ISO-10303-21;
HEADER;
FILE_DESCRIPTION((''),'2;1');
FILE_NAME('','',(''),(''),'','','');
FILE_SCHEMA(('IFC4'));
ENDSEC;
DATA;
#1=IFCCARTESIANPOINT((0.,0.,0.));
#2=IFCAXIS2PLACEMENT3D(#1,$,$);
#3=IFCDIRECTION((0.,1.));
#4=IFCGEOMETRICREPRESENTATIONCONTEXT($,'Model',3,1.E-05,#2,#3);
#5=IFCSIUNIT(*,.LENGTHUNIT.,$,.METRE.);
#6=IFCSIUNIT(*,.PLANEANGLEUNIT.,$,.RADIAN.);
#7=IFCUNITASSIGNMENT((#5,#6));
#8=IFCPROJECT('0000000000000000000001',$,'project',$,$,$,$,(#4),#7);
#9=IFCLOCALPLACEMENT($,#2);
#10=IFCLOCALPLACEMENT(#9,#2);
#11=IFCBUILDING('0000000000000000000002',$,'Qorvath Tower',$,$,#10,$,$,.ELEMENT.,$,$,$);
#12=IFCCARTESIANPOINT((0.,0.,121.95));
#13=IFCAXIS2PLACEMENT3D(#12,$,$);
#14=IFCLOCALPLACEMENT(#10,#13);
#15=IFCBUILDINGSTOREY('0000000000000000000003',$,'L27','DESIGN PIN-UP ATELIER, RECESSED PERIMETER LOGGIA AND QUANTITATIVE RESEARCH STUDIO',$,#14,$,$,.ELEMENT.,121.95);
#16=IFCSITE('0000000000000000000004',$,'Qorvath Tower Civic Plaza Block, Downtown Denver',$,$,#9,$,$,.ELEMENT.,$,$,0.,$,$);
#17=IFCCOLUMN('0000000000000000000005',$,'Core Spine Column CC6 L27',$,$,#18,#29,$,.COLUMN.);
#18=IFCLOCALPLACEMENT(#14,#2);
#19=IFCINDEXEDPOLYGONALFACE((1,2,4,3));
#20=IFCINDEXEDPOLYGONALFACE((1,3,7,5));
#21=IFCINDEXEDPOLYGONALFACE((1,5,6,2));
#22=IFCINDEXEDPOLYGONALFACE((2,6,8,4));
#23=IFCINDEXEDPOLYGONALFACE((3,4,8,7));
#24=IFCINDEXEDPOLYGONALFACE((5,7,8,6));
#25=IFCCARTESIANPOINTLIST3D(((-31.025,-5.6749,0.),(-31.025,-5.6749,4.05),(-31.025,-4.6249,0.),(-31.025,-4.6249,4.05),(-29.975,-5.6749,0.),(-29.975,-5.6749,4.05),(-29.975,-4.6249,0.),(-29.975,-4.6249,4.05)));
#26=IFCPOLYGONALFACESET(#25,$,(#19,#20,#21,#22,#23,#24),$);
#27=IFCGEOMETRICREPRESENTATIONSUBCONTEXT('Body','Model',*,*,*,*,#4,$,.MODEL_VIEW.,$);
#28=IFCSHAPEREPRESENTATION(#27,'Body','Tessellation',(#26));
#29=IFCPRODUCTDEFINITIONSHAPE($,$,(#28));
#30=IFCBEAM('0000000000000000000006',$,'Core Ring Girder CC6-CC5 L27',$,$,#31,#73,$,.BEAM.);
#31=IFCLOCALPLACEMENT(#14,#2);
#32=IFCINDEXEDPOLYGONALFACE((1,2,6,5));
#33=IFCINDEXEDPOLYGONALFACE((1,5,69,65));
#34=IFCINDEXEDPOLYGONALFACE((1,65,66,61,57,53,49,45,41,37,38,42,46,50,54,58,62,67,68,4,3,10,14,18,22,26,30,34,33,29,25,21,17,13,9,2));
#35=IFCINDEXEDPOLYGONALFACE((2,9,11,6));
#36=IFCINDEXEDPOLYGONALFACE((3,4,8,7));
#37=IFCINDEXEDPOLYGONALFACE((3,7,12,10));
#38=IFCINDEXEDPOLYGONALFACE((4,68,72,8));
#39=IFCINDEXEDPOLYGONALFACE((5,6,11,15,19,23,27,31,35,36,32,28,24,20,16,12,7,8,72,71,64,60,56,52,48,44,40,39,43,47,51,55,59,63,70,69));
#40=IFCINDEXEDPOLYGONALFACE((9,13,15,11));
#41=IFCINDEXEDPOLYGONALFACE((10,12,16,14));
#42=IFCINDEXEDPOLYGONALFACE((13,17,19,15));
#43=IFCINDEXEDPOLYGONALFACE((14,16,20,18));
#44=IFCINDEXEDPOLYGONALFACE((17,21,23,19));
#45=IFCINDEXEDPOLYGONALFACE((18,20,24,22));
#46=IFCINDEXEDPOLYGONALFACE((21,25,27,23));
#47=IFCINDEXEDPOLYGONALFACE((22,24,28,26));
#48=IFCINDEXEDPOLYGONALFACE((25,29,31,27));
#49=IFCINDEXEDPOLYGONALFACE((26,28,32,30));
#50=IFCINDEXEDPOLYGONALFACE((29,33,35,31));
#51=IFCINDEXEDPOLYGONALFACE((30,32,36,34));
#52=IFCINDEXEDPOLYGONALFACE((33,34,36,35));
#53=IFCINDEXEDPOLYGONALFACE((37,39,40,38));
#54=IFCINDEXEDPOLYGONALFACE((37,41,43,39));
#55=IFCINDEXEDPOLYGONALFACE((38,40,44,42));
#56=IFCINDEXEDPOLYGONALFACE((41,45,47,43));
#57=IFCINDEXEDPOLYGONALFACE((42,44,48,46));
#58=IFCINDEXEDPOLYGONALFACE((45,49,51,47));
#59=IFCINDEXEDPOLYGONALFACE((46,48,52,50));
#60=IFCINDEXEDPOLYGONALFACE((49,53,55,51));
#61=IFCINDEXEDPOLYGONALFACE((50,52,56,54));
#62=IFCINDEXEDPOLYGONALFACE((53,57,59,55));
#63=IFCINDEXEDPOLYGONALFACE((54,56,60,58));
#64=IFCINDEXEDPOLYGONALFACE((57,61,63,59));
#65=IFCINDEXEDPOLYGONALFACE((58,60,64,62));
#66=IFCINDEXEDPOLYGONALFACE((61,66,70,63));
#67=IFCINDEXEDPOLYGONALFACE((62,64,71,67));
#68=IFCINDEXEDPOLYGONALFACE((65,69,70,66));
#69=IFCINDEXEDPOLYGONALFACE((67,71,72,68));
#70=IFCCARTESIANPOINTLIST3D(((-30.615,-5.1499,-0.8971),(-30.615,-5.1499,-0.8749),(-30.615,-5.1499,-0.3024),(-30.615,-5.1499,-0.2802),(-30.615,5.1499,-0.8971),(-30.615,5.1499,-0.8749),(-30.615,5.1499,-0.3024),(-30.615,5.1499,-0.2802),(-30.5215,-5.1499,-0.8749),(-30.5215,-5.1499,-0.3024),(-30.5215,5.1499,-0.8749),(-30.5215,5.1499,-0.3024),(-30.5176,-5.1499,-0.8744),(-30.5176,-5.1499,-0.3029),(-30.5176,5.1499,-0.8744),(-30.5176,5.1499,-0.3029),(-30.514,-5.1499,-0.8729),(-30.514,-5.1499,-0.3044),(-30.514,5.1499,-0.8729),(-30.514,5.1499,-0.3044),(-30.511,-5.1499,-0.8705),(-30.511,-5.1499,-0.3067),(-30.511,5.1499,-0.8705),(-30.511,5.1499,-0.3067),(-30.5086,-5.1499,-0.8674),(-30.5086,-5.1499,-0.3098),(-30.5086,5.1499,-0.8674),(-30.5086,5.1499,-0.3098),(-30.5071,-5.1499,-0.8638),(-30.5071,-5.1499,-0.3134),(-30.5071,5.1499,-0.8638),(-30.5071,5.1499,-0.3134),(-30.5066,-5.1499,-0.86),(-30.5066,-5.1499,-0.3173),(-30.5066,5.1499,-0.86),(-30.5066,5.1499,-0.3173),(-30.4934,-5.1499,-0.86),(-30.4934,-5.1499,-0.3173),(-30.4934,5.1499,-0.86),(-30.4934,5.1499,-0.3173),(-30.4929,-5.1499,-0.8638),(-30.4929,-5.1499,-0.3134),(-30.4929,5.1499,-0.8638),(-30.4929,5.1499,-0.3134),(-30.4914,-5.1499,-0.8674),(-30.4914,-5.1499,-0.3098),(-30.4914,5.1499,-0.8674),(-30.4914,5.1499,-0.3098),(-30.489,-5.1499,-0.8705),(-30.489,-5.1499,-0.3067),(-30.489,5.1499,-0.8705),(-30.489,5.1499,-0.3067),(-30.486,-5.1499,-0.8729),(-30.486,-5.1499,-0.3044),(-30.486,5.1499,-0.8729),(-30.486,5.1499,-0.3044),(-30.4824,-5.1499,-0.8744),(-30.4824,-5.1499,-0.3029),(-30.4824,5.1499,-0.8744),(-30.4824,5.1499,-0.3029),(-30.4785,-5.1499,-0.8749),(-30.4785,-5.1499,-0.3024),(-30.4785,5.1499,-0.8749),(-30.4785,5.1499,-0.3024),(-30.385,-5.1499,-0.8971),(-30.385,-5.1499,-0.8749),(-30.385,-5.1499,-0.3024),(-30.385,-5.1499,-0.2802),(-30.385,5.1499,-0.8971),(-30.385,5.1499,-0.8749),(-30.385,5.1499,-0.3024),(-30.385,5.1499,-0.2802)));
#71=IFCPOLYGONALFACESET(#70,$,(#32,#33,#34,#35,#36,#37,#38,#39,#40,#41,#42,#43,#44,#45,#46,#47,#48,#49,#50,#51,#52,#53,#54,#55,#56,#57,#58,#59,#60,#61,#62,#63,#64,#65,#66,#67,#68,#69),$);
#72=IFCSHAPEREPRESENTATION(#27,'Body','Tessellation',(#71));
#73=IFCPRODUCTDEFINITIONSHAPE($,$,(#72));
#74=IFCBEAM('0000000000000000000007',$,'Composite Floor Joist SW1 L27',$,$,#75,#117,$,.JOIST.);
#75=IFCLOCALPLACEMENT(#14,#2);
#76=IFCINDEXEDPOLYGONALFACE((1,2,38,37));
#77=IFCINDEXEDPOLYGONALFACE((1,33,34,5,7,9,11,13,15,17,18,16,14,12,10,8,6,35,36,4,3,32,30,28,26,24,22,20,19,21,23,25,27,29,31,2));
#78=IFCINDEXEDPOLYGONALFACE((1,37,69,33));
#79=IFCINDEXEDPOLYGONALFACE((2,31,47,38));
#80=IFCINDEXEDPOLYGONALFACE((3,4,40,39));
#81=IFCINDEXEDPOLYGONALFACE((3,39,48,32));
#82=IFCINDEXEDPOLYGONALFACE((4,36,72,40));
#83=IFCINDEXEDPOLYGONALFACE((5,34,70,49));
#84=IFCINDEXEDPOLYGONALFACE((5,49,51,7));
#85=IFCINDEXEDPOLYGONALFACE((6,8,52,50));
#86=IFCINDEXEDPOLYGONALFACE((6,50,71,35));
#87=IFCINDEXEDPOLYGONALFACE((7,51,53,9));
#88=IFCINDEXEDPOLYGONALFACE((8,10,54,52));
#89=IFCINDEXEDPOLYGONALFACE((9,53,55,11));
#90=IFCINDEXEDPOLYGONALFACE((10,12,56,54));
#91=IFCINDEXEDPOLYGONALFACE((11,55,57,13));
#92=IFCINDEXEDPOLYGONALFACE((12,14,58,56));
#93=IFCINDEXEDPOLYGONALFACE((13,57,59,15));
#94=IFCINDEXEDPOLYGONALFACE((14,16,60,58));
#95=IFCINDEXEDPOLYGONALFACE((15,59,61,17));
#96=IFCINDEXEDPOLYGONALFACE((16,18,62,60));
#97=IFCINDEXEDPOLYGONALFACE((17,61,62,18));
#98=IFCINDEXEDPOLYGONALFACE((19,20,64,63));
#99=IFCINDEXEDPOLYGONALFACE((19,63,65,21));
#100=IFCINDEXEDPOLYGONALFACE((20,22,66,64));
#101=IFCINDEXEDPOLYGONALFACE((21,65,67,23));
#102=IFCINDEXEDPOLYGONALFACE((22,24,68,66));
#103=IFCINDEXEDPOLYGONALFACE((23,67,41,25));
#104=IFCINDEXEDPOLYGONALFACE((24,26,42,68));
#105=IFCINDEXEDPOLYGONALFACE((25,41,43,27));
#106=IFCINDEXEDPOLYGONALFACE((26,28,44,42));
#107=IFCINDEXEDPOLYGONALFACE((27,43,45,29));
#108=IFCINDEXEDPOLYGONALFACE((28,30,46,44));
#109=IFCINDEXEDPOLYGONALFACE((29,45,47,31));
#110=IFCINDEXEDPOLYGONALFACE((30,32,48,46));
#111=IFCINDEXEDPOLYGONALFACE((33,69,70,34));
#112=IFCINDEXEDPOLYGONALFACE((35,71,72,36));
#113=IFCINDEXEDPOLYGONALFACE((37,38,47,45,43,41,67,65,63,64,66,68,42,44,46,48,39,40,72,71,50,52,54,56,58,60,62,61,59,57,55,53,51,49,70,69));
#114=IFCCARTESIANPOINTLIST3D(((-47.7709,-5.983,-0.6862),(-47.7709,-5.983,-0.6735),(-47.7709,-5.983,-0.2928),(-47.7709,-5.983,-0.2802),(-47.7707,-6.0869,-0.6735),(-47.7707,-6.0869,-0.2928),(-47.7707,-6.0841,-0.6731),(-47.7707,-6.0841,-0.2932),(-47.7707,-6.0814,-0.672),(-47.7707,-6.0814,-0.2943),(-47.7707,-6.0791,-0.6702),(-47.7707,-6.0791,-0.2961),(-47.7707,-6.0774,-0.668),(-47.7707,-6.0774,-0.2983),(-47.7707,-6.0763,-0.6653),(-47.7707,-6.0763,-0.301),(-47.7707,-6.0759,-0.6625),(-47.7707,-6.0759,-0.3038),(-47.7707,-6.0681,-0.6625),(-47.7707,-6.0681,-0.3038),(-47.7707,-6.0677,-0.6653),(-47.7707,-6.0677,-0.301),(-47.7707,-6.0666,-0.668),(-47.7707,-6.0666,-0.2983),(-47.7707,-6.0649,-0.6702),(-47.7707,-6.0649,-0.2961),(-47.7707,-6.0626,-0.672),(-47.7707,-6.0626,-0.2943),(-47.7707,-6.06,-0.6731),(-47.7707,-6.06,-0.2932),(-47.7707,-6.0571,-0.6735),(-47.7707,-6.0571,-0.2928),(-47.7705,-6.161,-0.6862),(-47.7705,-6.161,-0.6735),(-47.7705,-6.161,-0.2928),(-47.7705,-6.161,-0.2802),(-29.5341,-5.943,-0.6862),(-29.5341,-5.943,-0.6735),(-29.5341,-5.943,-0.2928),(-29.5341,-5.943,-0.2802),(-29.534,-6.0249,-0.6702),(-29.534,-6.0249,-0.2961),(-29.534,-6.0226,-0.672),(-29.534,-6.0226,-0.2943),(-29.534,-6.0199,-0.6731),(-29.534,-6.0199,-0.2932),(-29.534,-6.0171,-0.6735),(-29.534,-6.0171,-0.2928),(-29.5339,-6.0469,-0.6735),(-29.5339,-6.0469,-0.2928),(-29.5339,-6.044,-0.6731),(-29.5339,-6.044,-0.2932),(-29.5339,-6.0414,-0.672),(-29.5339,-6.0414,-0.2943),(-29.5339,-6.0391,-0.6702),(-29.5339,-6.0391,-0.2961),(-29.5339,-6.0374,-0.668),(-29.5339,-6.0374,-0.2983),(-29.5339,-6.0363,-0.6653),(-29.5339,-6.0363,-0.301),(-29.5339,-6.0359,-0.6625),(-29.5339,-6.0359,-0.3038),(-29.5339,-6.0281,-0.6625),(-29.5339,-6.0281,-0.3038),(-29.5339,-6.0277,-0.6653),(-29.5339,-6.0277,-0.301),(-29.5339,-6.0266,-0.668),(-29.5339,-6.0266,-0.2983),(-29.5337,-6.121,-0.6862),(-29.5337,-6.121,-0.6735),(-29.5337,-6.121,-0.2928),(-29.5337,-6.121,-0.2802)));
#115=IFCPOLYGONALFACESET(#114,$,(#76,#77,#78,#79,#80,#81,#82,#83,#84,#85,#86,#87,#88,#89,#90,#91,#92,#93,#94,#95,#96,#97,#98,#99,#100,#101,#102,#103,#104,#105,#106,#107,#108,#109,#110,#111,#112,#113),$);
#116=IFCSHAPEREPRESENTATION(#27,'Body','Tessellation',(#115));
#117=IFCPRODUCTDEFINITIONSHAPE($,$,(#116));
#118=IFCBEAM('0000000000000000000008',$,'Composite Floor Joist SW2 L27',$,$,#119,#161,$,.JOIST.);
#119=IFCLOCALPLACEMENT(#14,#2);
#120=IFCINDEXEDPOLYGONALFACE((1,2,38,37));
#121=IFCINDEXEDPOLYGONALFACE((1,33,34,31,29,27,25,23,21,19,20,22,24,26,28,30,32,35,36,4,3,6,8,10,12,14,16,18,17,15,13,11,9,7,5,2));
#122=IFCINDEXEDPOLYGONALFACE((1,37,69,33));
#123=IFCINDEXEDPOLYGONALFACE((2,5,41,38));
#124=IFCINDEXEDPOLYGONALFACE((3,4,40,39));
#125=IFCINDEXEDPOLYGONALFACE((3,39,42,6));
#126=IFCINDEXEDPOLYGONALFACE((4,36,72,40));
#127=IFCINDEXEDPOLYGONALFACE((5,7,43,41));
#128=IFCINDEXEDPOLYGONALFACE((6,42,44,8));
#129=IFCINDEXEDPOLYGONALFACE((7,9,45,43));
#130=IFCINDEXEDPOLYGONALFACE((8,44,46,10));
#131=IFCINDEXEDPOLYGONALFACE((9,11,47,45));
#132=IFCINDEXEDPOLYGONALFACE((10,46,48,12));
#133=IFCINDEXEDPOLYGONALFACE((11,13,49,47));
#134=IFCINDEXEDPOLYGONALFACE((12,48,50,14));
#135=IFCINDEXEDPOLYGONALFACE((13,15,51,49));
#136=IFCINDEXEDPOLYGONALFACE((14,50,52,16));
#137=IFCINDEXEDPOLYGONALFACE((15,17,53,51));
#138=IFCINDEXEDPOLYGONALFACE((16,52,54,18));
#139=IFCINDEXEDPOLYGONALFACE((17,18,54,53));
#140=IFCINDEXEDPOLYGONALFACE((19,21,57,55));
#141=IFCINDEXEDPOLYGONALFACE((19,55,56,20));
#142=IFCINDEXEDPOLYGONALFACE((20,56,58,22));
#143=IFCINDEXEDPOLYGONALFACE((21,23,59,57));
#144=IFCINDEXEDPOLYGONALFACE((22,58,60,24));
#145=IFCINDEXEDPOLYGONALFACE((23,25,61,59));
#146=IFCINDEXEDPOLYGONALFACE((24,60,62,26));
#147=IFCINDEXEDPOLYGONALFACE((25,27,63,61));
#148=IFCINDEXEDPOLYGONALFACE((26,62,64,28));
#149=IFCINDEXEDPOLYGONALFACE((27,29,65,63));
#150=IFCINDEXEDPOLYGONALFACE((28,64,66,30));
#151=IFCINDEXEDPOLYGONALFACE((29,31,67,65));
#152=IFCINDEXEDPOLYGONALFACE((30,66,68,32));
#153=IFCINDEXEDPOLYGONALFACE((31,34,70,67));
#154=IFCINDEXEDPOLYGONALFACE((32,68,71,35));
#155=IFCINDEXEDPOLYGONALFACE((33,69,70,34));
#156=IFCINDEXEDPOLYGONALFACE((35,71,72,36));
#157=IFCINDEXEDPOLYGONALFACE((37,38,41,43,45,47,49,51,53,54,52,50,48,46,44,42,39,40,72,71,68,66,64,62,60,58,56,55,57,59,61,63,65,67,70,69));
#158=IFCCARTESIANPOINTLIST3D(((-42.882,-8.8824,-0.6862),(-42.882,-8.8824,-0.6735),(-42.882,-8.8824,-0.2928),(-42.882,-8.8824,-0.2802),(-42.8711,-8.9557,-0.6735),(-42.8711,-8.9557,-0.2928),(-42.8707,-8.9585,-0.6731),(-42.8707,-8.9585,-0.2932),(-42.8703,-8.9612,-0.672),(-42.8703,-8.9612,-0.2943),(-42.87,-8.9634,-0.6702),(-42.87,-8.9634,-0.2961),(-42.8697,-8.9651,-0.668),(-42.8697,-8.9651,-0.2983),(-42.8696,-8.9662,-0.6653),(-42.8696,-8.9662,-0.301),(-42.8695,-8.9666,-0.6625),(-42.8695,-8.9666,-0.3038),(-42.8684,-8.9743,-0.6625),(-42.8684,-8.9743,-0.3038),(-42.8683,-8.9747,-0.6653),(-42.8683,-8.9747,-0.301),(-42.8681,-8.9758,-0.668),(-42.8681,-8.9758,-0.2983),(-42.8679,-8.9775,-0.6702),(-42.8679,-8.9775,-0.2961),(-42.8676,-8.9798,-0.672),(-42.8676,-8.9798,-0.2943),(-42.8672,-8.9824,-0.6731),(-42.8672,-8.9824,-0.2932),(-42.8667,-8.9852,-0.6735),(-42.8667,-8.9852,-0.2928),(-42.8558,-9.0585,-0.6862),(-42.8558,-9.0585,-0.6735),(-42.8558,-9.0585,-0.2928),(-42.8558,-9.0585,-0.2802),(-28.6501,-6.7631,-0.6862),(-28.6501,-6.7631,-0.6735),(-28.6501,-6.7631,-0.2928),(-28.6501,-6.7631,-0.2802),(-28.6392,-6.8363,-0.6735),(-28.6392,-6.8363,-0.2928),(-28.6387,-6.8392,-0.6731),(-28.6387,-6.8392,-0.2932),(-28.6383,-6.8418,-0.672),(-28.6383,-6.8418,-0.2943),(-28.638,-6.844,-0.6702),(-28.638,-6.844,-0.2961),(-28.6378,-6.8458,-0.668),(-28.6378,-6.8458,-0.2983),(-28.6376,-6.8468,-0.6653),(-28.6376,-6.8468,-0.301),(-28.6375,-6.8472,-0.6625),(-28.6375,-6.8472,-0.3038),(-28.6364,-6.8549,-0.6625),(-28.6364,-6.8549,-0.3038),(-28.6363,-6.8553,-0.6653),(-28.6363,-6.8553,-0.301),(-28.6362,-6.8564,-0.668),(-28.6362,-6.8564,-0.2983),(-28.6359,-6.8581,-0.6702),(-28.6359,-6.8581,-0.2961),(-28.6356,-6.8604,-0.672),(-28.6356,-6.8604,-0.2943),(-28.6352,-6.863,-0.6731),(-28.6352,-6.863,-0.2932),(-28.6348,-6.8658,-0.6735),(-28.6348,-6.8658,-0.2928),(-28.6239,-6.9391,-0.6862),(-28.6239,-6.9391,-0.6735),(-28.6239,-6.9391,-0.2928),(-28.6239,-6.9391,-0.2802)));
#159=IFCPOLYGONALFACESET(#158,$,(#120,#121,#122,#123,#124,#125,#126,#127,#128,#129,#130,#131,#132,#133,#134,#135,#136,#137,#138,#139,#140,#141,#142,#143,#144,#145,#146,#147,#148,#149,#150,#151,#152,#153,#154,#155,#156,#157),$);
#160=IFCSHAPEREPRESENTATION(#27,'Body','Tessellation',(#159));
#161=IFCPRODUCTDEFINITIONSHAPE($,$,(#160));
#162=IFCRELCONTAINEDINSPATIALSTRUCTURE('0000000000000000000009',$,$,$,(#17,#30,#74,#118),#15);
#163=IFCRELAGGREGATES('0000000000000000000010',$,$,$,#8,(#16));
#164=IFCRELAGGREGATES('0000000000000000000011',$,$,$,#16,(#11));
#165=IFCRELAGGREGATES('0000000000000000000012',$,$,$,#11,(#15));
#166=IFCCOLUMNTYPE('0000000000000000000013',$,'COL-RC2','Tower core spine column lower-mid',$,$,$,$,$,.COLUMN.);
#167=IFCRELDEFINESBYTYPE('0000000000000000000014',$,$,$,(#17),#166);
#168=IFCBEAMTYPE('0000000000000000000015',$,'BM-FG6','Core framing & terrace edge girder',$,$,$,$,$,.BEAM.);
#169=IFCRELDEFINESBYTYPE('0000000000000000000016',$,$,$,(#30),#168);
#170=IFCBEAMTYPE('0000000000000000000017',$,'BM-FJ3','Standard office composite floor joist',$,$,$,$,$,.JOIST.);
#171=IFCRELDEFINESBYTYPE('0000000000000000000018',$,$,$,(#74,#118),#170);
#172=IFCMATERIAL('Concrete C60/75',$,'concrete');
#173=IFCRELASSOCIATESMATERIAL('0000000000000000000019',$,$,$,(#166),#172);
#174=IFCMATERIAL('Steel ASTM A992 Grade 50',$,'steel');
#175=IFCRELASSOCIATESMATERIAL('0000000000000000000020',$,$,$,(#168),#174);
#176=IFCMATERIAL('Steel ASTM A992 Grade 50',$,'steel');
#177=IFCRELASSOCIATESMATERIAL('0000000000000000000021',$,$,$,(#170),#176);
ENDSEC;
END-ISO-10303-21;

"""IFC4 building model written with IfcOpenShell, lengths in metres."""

from ifc_helpers import new_model, si_unit, direction, frame, origin, origin_2d, place, context, subcontext, project, spatial, rectangle, i_section, extrude, material, material_profile, profile_set, type_object, element, save


model = new_model("IFC4")

# Units and contexts
model_context = context("Model", 3, precision=1e-05, world=origin(), true_north=direction((0.0, 1.0)))
body_context = subcontext(model_context, "Body", "Model", "MODEL_VIEW")
ifc_project = project(units=[si_unit("LENGTHUNIT", "METRE"), si_unit("PLANEANGLEUNIT", "RADIAN")], contexts=[model_context])

# Site, building, storey
site_placement = place(None, origin())
site = spatial("IfcSite", under=ifc_project, at=site_placement, Name="Qorvath Tower Civic Plaza Block, Downtown Denver", CompositionType="ELEMENT", RefElevation=0.0)
building_placement = place(site_placement, origin())
building = spatial("IfcBuilding", under=site, at=building_placement, Name="Qorvath Tower", CompositionType="ELEMENT")
storey_placement = place(building_placement, frame((0.0, 0.0, 121.95)))
storey = spatial("IfcBuildingStorey", under=building, at=storey_placement, Name="L27", Description="DESIGN PIN-UP ATELIER, RECESSED PERIMETER LOGGIA AND QUANTITATIVE RESEARCH STUDIO", CompositionType="ELEMENT", Elevation=121.95)

# Column
ifc_material_1 = material(Name="Concrete C60/75", Category="concrete")
ifc_material_profile_1 = material_profile(ifc_material_1, rectangle(XDim=1.05, YDim=1.05, at=origin_2d()), Name="RC 1050x1050")
ifc_profile_set_1 = profile_set([ifc_material_profile_1], Name="Concrete C60/75")
column_type = type_object("IfcColumnType", Name="COL-RC2", Description="Tower core spine column lower-mid", PredefinedType="COLUMN", material=ifc_profile_set_1)
column_placement = place(storey_placement, frame((-30.5, -5.1499, 0.0), z_axis=(0.0, 0.0, 1.0), x_axis=(1.0, 0.0, 0.0)))
element("IfcColumn", 1, at=column_placement, inside=storey, type_object=column_type, Name="Core Spine Column CC6 L27", PredefinedType="COLUMN", context=body_context, shape_type="SweptSolid", body=[
    extrude(rectangle(XDim=1.05, YDim=1.05, at=origin_2d()), origin(), (0.0, 0.0, 1.0), 4.05),
])

# Beams
ifc_material_2 = material(Name="Steel ASTM A992 Grade 50", Category="steel")
ifc_material_profile_2 = material_profile(ifc_material_2, i_section(OverallWidth=0.23, OverallDepth=0.6169, WebThickness=0.0132, FlangeThickness=0.0222, FilletRadius=0.0149, at=origin_2d()), Name="W24x94")
ifc_profile_set_2 = profile_set([ifc_material_profile_2], Name="Steel ASTM A992 Grade 50")
beam_type_1 = type_object("IfcBeamType", Name="BM-FG6", Description="Core framing & terrace edge girder", PredefinedType="BEAM", material=ifc_profile_set_2)
beam_1_placement = place(storey_placement, frame((-30.5, -5.1499, -0.5886), z_axis=(0.0, 1.0, 0.0), x_axis=(-1.0, 0.0, 0.0)))
element("IfcBeam", 2, at=beam_1_placement, inside=storey, type_object=beam_type_1, Name="Core Ring Girder CC6-CC5 L27", PredefinedType="BEAM", context=body_context, shape_type="SweptSolid", body=[
    extrude(i_section(OverallWidth=0.23, OverallDepth=0.6169, WebThickness=0.0132, FlangeThickness=0.0222, FilletRadius=0.0149, at=origin_2d()), origin(), (0.0, 0.0, 1.0), 10.2998),
])
ifc_material_3 = material(Name="Steel ASTM A992 Grade 50", Category="steel")
ifc_material_profile_3 = material_profile(ifc_material_3, i_section(OverallWidth=0.178, OverallDepth=0.406, WebThickness=0.0078, FlangeThickness=0.0127, FilletRadius=0.011, at=origin_2d()), Name="W16x40")
ifc_profile_set_3 = profile_set([ifc_material_profile_3], Name="Steel ASTM A992 Grade 50")
beam_type_2 = type_object("IfcBeamType", Name="BM-FJ3", Description="Standard office composite floor joist", PredefinedType="JOIST", material=ifc_profile_set_3)
beam_2_placement = place(storey_placement, frame((-29.5339, -6.032, -0.4832), z_axis=(-0.999998, -0.002196, 0.0), x_axis=(0.002196, -0.999998, 0.0)))
element("IfcBeam", 3, at=beam_2_placement, inside=storey, type_object=beam_type_2, Name="Composite Floor Joist SW1 L27", PredefinedType="JOIST", context=body_context, shape_type="SweptSolid", body=[
    extrude(i_section(OverallWidth=0.178, OverallDepth=0.406, WebThickness=0.0078, FlangeThickness=0.0127, FilletRadius=0.011, at=origin_2d()), origin(), (0.0, 0.0, 1.0), 18.2368),
])
beam_3_placement = place(storey_placement, frame((-28.637, -6.8511, -0.4832), z_axis=(-0.989093, -0.147293, 0.0), x_axis=(0.147293, -0.989093, 0.0)))
element("IfcBeam", 4, at=beam_3_placement, inside=storey, type_object=beam_type_2, Name="Composite Floor Joist SW2 L27", PredefinedType="JOIST", context=body_context, shape_type="SweptSolid", body=[
    extrude(i_section(OverallWidth=0.178, OverallDepth=0.406, WebThickness=0.0078, FlangeThickness=0.0127, FilletRadius=0.011, at=origin_2d()), origin(), (0.0, 0.0, 1.0), 14.3889),
])

save(model, "model.ifc")
